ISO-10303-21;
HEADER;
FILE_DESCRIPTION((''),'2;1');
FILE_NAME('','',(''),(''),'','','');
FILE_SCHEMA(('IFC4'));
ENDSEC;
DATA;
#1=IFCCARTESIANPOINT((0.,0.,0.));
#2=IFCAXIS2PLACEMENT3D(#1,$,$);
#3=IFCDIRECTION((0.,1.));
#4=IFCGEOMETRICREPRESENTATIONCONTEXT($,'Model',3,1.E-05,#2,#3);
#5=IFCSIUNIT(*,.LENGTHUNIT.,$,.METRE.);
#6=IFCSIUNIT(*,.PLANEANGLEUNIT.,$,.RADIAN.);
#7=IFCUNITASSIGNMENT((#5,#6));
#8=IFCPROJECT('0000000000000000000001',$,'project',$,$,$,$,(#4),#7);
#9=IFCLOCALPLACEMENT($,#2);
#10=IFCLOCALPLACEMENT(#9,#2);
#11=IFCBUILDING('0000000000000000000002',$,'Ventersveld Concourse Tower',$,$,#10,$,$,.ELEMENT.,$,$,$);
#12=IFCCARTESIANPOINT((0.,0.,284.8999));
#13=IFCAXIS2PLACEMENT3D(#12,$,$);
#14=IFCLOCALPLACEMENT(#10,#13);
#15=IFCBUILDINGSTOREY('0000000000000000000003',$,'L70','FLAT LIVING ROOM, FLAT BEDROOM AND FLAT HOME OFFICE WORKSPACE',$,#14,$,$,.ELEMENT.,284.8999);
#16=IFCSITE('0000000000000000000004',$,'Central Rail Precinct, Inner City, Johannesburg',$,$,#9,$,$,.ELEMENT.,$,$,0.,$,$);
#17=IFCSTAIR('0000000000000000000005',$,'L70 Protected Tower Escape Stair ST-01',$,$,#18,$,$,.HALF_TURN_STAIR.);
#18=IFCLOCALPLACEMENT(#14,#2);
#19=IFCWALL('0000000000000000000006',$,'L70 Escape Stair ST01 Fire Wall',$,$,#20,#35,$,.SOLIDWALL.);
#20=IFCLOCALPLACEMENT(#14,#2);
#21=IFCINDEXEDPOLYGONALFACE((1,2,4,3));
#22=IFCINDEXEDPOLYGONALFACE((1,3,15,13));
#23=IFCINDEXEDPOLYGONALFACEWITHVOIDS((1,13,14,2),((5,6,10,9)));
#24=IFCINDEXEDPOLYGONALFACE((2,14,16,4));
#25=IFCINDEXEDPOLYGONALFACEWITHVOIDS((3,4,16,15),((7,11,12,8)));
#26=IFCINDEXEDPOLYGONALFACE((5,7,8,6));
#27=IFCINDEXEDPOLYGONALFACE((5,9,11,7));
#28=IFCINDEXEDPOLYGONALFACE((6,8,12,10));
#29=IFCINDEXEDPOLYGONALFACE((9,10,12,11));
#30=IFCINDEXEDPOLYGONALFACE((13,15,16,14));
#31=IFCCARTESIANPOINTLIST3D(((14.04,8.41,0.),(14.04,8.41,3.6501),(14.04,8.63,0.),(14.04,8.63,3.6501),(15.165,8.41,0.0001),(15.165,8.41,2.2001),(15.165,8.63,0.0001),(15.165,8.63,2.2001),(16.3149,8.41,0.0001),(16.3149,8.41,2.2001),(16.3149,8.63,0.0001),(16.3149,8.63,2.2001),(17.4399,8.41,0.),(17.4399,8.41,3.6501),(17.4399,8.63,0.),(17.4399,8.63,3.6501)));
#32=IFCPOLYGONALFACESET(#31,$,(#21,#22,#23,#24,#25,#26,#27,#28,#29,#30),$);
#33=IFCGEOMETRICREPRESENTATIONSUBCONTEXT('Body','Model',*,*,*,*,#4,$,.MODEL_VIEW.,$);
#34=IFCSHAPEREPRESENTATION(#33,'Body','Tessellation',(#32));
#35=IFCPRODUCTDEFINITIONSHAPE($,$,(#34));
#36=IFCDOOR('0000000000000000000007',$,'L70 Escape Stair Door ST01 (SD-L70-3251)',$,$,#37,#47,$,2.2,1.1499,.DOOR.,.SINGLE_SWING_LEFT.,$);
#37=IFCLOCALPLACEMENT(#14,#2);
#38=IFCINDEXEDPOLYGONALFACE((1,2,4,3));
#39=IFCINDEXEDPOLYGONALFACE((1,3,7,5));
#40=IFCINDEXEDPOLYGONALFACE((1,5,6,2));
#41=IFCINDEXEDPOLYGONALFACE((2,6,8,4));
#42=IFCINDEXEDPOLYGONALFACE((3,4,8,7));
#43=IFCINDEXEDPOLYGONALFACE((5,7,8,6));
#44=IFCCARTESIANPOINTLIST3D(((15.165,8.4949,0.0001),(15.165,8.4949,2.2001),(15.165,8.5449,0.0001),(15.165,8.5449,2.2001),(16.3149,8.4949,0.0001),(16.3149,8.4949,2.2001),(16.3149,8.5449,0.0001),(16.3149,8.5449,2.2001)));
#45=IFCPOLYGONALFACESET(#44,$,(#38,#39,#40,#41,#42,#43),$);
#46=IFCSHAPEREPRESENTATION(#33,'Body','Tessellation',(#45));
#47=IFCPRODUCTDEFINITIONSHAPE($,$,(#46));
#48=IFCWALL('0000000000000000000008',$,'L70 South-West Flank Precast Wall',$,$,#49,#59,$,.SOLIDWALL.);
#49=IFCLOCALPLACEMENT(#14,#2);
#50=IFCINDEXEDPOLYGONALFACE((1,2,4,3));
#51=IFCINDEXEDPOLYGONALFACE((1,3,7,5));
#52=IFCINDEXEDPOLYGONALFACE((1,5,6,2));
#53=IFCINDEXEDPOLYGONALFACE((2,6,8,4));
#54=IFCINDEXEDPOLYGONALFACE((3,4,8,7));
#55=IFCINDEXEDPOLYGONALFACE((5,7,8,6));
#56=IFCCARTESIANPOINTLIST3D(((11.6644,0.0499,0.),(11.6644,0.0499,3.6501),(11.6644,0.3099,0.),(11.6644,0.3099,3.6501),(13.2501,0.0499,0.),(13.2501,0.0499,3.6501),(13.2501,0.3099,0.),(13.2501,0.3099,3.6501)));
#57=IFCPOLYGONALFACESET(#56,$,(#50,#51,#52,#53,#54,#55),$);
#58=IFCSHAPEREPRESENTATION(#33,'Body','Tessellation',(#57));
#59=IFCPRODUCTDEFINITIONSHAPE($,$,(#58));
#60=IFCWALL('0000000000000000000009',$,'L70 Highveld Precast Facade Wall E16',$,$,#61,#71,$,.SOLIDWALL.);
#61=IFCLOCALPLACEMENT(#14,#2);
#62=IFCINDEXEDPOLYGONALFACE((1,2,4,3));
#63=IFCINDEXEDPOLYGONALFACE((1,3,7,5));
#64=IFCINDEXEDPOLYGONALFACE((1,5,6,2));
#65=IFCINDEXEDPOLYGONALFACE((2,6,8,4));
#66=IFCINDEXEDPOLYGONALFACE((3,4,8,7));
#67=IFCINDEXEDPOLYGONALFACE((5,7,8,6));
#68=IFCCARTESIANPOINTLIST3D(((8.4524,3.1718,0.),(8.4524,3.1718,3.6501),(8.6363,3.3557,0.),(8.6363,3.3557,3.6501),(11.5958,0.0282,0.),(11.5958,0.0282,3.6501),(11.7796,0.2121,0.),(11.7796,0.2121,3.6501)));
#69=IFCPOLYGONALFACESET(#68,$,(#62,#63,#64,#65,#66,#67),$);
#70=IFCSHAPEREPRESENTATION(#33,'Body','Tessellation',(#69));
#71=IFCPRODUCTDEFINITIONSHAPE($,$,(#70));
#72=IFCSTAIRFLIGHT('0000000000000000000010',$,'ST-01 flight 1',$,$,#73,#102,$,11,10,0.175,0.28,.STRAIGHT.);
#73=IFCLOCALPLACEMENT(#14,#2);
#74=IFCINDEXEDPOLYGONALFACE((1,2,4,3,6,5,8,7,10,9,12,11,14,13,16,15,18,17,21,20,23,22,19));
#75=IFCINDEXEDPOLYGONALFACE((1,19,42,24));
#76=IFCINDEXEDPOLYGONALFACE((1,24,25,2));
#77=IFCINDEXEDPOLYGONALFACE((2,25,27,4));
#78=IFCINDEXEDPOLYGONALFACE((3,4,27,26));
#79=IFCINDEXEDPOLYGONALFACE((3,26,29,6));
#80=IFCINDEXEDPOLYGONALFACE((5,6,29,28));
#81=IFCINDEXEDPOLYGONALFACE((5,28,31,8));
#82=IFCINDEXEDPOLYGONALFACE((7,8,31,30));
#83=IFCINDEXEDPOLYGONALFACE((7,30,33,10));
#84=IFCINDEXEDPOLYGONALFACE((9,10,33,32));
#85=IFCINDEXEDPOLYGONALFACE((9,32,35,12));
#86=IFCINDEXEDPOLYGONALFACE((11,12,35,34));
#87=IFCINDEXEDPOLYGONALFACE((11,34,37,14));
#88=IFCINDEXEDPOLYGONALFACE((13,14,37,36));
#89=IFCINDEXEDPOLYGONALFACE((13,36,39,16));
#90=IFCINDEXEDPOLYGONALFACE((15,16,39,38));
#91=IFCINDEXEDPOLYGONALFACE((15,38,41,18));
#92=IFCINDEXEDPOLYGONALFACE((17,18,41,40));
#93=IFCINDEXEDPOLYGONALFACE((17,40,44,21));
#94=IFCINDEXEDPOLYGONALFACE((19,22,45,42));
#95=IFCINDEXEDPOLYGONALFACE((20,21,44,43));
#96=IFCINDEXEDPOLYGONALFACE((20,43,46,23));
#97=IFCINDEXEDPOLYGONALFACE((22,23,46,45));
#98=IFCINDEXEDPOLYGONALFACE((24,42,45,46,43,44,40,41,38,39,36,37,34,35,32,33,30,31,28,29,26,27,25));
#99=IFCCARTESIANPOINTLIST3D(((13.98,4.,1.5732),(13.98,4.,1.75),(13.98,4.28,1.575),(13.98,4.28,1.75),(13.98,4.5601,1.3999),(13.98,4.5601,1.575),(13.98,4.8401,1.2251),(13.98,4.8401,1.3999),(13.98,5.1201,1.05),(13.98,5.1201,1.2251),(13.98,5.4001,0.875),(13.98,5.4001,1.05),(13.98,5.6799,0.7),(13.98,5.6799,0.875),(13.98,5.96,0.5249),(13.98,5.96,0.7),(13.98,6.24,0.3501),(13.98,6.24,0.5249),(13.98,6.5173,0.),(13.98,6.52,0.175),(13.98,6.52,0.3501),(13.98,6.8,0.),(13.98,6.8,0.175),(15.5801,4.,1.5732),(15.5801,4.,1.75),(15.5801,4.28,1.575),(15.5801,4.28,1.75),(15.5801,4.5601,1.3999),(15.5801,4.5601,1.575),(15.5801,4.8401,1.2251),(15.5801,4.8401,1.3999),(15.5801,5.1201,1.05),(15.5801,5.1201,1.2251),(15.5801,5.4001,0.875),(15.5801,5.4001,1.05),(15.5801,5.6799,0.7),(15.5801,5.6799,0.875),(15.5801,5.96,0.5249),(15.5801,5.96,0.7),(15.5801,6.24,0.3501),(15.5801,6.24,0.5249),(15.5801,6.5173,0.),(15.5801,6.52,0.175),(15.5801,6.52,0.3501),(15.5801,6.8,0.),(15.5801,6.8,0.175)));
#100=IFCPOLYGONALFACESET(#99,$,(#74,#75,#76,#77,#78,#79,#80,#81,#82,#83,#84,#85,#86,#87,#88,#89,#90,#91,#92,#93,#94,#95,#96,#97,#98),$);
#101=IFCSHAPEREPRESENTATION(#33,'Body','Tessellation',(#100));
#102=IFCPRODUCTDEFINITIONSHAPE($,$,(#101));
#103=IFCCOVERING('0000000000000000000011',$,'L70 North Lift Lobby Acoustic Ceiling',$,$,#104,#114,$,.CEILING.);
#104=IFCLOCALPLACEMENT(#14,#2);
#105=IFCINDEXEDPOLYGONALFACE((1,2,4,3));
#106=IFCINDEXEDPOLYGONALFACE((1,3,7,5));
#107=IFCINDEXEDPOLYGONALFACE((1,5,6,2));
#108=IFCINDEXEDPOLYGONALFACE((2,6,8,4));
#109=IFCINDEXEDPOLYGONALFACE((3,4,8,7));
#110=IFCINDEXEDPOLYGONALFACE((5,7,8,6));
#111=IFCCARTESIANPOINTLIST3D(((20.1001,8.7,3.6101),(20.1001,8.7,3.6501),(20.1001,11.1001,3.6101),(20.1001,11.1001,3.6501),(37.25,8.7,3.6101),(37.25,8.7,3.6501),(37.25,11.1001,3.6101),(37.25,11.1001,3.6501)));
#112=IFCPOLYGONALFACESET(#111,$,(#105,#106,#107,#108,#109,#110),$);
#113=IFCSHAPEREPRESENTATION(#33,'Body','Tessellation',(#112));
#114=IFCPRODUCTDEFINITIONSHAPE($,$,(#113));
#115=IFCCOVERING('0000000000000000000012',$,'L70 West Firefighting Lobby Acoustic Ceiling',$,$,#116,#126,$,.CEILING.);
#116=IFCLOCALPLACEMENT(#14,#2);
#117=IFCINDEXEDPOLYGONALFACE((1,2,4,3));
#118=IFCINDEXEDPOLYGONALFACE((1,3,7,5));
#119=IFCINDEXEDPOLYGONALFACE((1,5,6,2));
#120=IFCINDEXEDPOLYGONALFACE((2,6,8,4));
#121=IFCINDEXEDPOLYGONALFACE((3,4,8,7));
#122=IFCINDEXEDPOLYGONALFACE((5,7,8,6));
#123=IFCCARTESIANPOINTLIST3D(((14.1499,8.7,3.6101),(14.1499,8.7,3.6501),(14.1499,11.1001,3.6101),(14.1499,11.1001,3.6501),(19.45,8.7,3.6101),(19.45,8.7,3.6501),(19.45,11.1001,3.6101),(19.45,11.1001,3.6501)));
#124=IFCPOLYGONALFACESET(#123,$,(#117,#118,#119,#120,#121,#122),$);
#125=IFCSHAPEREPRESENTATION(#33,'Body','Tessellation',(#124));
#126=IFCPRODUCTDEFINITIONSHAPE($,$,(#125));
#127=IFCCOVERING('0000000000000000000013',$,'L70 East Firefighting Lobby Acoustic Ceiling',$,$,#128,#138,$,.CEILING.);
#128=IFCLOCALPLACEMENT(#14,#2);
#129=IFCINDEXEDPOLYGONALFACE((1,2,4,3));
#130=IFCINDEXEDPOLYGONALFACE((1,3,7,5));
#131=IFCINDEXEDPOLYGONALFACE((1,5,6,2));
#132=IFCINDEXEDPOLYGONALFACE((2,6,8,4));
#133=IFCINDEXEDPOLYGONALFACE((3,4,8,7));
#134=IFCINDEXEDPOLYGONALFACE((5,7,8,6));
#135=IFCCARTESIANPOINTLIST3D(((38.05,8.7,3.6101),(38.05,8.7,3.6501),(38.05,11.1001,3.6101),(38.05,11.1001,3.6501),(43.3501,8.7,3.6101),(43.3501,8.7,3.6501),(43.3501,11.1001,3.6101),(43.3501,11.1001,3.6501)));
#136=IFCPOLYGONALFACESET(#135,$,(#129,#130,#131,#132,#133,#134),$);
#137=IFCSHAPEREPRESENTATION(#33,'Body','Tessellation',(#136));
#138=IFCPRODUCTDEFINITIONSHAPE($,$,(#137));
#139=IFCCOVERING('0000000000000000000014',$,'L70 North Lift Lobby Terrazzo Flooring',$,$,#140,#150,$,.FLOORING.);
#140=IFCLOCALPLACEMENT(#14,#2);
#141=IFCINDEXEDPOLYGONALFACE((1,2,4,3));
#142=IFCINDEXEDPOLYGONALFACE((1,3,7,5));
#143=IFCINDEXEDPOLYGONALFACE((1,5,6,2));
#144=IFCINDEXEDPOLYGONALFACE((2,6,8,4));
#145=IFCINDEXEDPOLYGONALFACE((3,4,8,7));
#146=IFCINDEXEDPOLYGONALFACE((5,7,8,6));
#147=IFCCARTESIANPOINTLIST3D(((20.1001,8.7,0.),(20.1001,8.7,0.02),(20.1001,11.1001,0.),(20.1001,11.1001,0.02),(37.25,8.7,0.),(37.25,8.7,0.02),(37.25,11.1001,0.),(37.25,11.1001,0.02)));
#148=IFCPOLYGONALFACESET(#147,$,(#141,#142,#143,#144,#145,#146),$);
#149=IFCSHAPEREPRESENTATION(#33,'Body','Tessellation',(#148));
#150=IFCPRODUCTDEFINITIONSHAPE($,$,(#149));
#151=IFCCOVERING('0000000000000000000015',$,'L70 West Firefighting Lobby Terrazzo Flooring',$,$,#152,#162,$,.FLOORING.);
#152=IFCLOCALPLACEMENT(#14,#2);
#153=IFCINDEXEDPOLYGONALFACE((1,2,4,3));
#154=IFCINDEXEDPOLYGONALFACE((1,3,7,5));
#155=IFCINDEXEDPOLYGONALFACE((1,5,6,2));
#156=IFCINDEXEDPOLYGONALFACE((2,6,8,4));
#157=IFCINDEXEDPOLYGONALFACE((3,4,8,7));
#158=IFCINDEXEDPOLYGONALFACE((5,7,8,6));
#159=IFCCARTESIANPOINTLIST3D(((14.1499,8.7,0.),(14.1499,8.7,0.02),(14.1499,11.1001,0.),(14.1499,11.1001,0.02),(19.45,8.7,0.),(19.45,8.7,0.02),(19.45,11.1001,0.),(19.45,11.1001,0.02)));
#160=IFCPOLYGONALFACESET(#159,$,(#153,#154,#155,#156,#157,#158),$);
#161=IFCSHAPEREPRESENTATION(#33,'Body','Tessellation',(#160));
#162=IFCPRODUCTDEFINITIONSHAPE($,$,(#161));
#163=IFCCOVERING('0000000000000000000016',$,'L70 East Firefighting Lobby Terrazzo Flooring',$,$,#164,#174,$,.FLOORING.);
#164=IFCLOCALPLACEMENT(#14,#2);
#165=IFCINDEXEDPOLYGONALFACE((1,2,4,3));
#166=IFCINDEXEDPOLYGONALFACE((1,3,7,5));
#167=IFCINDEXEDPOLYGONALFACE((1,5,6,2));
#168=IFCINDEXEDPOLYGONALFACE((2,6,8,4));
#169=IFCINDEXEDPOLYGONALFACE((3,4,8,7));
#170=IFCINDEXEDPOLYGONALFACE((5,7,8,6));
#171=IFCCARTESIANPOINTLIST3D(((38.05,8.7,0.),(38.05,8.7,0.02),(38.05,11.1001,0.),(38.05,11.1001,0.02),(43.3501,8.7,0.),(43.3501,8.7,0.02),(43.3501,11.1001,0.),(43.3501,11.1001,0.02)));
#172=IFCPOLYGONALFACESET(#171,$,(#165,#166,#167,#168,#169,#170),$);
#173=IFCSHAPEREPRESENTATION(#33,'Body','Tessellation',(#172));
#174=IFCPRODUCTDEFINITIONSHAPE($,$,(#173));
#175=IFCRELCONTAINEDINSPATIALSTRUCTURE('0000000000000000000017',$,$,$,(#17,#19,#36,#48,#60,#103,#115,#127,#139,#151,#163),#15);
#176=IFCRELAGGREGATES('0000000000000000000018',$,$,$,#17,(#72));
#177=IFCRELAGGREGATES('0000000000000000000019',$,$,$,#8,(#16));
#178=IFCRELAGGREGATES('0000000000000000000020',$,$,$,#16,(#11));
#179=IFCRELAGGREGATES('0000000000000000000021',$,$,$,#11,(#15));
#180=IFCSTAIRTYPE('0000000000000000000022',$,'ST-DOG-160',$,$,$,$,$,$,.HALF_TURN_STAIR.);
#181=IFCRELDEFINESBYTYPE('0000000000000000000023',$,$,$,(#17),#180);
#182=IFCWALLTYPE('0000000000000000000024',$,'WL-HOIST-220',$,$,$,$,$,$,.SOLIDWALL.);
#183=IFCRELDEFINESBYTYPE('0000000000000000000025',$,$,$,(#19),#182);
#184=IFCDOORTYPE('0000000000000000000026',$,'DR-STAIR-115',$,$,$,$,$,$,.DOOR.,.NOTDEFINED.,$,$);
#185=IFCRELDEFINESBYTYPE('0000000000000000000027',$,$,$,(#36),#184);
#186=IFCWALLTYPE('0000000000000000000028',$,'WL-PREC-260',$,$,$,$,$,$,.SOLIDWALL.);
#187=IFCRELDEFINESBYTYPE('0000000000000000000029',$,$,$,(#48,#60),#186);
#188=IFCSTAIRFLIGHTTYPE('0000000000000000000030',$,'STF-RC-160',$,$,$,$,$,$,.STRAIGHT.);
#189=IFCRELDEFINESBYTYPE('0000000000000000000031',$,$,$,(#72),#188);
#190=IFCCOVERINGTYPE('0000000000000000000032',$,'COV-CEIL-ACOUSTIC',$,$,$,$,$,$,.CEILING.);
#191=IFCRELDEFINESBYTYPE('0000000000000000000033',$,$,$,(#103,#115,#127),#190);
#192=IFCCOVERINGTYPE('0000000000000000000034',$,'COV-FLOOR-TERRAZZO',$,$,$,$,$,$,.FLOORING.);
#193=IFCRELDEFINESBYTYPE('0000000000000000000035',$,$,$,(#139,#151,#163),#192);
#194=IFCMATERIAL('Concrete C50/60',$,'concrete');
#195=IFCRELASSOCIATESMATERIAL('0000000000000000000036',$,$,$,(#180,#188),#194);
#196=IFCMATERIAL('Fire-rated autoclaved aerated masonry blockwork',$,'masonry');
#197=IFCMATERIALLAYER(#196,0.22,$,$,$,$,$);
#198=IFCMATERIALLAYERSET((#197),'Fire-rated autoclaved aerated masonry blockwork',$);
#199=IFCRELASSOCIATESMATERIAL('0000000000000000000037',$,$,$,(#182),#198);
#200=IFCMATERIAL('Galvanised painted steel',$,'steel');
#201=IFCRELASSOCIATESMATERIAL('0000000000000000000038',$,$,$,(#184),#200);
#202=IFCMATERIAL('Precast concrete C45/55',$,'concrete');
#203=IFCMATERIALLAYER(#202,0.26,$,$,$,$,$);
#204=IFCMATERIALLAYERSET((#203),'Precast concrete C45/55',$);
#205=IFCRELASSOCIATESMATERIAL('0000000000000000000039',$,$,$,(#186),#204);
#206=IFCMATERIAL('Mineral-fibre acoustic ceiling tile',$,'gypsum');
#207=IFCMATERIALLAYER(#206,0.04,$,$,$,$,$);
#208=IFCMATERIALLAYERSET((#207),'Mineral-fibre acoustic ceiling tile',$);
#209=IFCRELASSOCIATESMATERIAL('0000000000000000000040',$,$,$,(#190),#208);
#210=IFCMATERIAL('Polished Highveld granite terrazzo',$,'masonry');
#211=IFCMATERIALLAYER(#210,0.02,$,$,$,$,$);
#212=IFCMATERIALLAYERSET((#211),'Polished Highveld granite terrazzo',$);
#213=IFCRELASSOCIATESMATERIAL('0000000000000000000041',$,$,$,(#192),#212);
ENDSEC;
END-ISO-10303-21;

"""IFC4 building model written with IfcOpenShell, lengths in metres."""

from ifc_helpers import new_model, si_unit, direction, frame, frame_2d, origin, place, context, subcontext, project, spatial, polyline, rectangle, outline, extrude, material, layer, layer_set, type_object, element, fill, aggregate, save


model = new_model("IFC4")

# Units and contexts
model_context = context("Model", 3, precision=1e-05, world=origin(), true_north=direction((0.0, 1.0)))
body_context = subcontext(model_context, "Body", "Model", "MODEL_VIEW")
ifc_project = project(units=[si_unit("LENGTHUNIT", "METRE"), si_unit("PLANEANGLEUNIT", "RADIAN")], contexts=[model_context])

# Site, building, storey
site_placement = place(None, origin())
site = spatial("IfcSite", under=ifc_project, at=site_placement, Name="Central Rail Precinct, Inner City, Johannesburg", CompositionType="ELEMENT", RefElevation=0.0)
building_placement = place(site_placement, origin())
building = spatial("IfcBuilding", under=site, at=building_placement, Name="Ventersveld Concourse Tower", CompositionType="ELEMENT")
storey_placement = place(building_placement, frame((0.0, 0.0, 284.8999)))
storey = spatial("IfcBuildingStorey", under=building, at=storey_placement, Name="L70", Description="FLAT LIVING ROOM, FLAT BEDROOM AND FLAT HOME OFFICE WORKSPACE", CompositionType="ELEMENT", Elevation=284.8999)

# Shared definitions
ifc_material_1 = material(Name="Concrete C50/60", Category="concrete")

# Stair
stair_type_1 = type_object("IfcStairType", Name="ST-DOG-160", PredefinedType="HALF_TURN_STAIR", material=ifc_material_1)
stair_1_placement = place(storey_placement, origin())
stair_1 = element("IfcStair", 1, at=stair_1_placement, inside=storey, type_object=stair_type_1, Name="L70 Protected Tower Escape Stair ST-01", PredefinedType="HALF_TURN_STAIR")

# Wall, opening, door
ifc_material_2 = material(Name="Fire-rated autoclaved aerated masonry blockwork", Category="masonry")
ifc_layer_1 = layer(ifc_material_2, 0.22)
ifc_layer_set_1 = layer_set([ifc_layer_1], Name="Fire-rated autoclaved aerated masonry blockwork")
wall_type_1 = type_object("IfcWallType", Name="WL-HOIST-220", PredefinedType="SOLIDWALL", material=ifc_layer_set_1)
wall_1_placement = place(storey_placement, frame((14.04, 8.52, 0.0), z_axis=(0.0, 0.0, 1.0), x_axis=(1.0, 0.0, 0.0)))
wall_1 = element("IfcWall", 2, at=wall_1_placement, inside=storey, type_object=wall_type_1, Name="L70 Escape Stair ST01 Fire Wall", PredefinedType="SOLIDWALL", context=body_context, shape_type="SweptSolid", body=[
    extrude(rectangle(XDim=3.3999, YDim=0.22, at=frame_2d((1.7, 0.0))), origin(), (0.0, 0.0, 1.0), 3.6501),
])
opening_placement = place(wall_1_placement, frame((1.125, 0.0, 0.0)))
opening = element("IfcOpeningElement", 3, at=opening_placement, cuts=wall_1, PredefinedType="OPENING", context=body_context, shape_type="SweptSolid", body=[
    extrude(rectangle(XDim=1.1499, YDim=2.2, at=frame_2d((0.575, 1.1001))), frame((0.0, 0.1201, 0.0), z_axis=(0.0, -1.0, 0.0), x_axis=(1.0, 0.0, 0.0)), (0.0, 0.0, 1.0), 0.24),
])
ifc_material_3 = material(Name="Galvanised painted steel", Category="steel")
door_type = type_object("IfcDoorType", Name="DR-STAIR-115", OperationType="NOTDEFINED", PredefinedType="DOOR", material=ifc_material_3)
door_placement = place(opening_placement, origin())
door = element("IfcDoor", 4, at=door_placement, inside=storey, type_object=door_type, Name="L70 Escape Stair Door ST01 (SD-L70-3251)", OperationType="SINGLE_SWING_LEFT", OverallHeight=2.2, OverallWidth=1.1499, PredefinedType="DOOR", context=body_context, shape_type="SweptSolid", body=[
    extrude(rectangle(XDim=1.1499, YDim=2.2, at=frame_2d((0.575, 1.1001))), frame((0.0, 0.0249, 0.0), z_axis=(0.0, -1.0, 0.0), x_axis=(1.0, 0.0, 0.0)), (0.0, 0.0, 1.0), 0.05),
])
fill(opening, door)

# Walls
ifc_material_4 = material(Name="Precast concrete C45/55", Category="concrete")
ifc_layer_2 = layer(ifc_material_4, 0.26)
ifc_layer_set_2 = layer_set([ifc_layer_2], Name="Precast concrete C45/55")
wall_type_2 = type_object("IfcWallType", Name="WL-PREC-260", PredefinedType="SOLIDWALL", material=ifc_layer_set_2)
wall_2_placement = place(storey_placement, frame((11.6643, 0.1799, 0.0), z_axis=(0.0, 0.0, 1.0), x_axis=(1.0, 0.0, 0.0)))
element("IfcWall", 5, at=wall_2_placement, inside=storey, type_object=wall_type_2, Name="L70 South-West Flank Precast Wall", PredefinedType="SOLIDWALL", context=body_context, shape_type="SweptSolid", body=[
    extrude(rectangle(XDim=1.5857, YDim=0.26, at=frame_2d((0.793, 0.0))), origin(), (0.0, 0.0, 1.0), 3.6501),
])
wall_3_placement = place(storey_placement, frame((8.5444, 3.2637, 0.0), z_axis=(0.0, 0.0, 1.0), x_axis=(0.707079, -0.707134, 0.0)))
element("IfcWall", 6, at=wall_3_placement, inside=storey, type_object=wall_type_2, Name="L70 Highveld Precast Facade Wall E16", PredefinedType="SOLIDWALL", context=body_context, shape_type="SweptSolid", body=[
    extrude(rectangle(XDim=4.4456, YDim=0.26, at=frame_2d((2.2227, 0.0))), origin(), (0.0, 0.0, 1.0), 3.6501),
])

# Stair flight
stair_flight_type = type_object("IfcStairFlightType", Name="STF-RC-160", PredefinedType="STRAIGHT", material=ifc_material_1)
stair_flight_placement = place(storey_placement, frame((14.78, 6.8, 0.0), z_axis=(0.0, 0.0, 1.0), x_axis=(0.0, -1.0, 0.0)))
stair_flight = element("IfcStairFlight", 7, at=stair_flight_placement, type_object=stair_flight_type, Name="ST-01 flight 1", NumberOfRisers=11, NumberOfTreads=10, PredefinedType="STRAIGHT", RiserHeight=0.175, TreadLength=0.28, context=body_context, shape_type="SweptSolid", body=[
    extrude(outline(polyline([(0.0, 0.0), (0.0, 0.175), (0.28, 0.175), (0.28, 0.3501), (0.5601, 0.3501), (0.5601, 0.5249), (0.8401, 0.5249), (0.8401, 0.7), (1.1201, 0.7), (1.1201, 0.875), (1.3999, 0.875), (1.3999, 1.05), (1.6799, 1.05), (1.6799, 1.2251), (1.96, 1.2251), (1.96, 1.3999), (2.24, 1.3999), (2.24, 1.575), (2.52, 1.575), (2.52, 1.75), (2.8, 1.75), (2.8, 1.925), (2.8, 1.5732), (0.2827, 0.0), (0.0, 0.0)])), frame((0.0, 0.8, 0.0), z_axis=(0.0, -1.0, 0.0), x_axis=(1.0, 0.0, 0.0)), (0.0, 0.0, 1.0), 1.6001),
])
aggregate(stair_1, [stair_flight])

# Coverings
ifc_material_5 = material(Name="Mineral-fibre acoustic ceiling tile", Category="gypsum")
ifc_layer_3 = layer(ifc_material_5, 0.04)
ifc_layer_set_3 = layer_set([ifc_layer_3], Name="Mineral-fibre acoustic ceiling tile")
covering_type_1 = type_object("IfcCoveringType", Name="COV-CEIL-ACOUSTIC", PredefinedType="CEILING", material=ifc_layer_set_3)
covering_1_placement = place(storey_placement, frame((0.0, 0.0, 3.6101)))
element("IfcCovering", 8, at=covering_1_placement, inside=storey, type_object=covering_type_1, Name="L70 North Lift Lobby Acoustic Ceiling", PredefinedType="CEILING", context=body_context, shape_type="SweptSolid", body=[
    extrude(outline(polyline([(20.1001, 8.7), (37.25, 8.7), (37.25, 11.1001), (20.1001, 11.1001), (20.1001, 8.7)])), origin(), (0.0, 0.0, 1.0), 0.04),
])
covering_2_placement = place(storey_placement, frame((0.0, 0.0, 3.6101)))
element("IfcCovering", 9, at=covering_2_placement, inside=storey, type_object=covering_type_1, Name="L70 West Firefighting Lobby Acoustic Ceiling", PredefinedType="CEILING", context=body_context, shape_type="SweptSolid", body=[
    extrude(outline(polyline([(14.1499, 8.7), (19.45, 8.7), (19.45, 11.1001), (14.1499, 11.1001), (14.1499, 8.7)])), origin(), (0.0, 0.0, 1.0), 0.04),
])
covering_3_placement = place(storey_placement, frame((0.0, 0.0, 3.6101)))
element("IfcCovering", 10, at=covering_3_placement, inside=storey, type_object=covering_type_1, Name="L70 East Firefighting Lobby Acoustic Ceiling", PredefinedType="CEILING", context=body_context, shape_type="SweptSolid", body=[
    extrude(outline(polyline([(38.05, 8.7), (43.3501, 8.7), (43.3501, 11.1001), (38.05, 11.1001), (38.05, 8.7)])), origin(), (0.0, 0.0, 1.0), 0.04),
])
ifc_material_6 = material(Name="Polished Highveld granite terrazzo", Category="masonry")
ifc_layer_4 = layer(ifc_material_6, 0.02)
ifc_layer_set_4 = layer_set([ifc_layer_4], Name="Polished Highveld granite terrazzo")
covering_type_2 = type_object("IfcCoveringType", Name="COV-FLOOR-TERRAZZO", PredefinedType="FLOORING", material=ifc_layer_set_4)
covering_4_placement = place(storey_placement, origin())
element("IfcCovering", 11, at=covering_4_placement, inside=storey, type_object=covering_type_2, Name="L70 North Lift Lobby Terrazzo Flooring", PredefinedType="FLOORING", context=body_context, shape_type="SweptSolid", body=[
    extrude(outline(polyline([(20.1001, 8.7), (37.25, 8.7), (37.25, 11.1001), (20.1001, 11.1001), (20.1001, 8.7)])), origin(), (0.0, 0.0, 1.0), 0.02),
])
covering_5_placement = place(storey_placement, origin())
element("IfcCovering", 12, at=covering_5_placement, inside=storey, type_object=covering_type_2, Name="L70 West Firefighting Lobby Terrazzo Flooring", PredefinedType="FLOORING", context=body_context, shape_type="SweptSolid", body=[
    extrude(outline(polyline([(14.1499, 8.7), (19.45, 8.7), (19.45, 11.1001), (14.1499, 11.1001), (14.1499, 8.7)])), origin(), (0.0, 0.0, 1.0), 0.02),
])
covering_6_placement = place(storey_placement, origin())
element("IfcCovering", 13, at=covering_6_placement, inside=storey, type_object=covering_type_2, Name="L70 East Firefighting Lobby Terrazzo Flooring", PredefinedType="FLOORING", context=body_context, shape_type="SweptSolid", body=[
    extrude(outline(polyline([(38.05, 8.7), (43.3501, 8.7), (43.3501, 11.1001), (38.05, 11.1001), (38.05, 8.7)])), origin(), (0.0, 0.0, 1.0), 0.02),
])

save(model, "model.ifc")
